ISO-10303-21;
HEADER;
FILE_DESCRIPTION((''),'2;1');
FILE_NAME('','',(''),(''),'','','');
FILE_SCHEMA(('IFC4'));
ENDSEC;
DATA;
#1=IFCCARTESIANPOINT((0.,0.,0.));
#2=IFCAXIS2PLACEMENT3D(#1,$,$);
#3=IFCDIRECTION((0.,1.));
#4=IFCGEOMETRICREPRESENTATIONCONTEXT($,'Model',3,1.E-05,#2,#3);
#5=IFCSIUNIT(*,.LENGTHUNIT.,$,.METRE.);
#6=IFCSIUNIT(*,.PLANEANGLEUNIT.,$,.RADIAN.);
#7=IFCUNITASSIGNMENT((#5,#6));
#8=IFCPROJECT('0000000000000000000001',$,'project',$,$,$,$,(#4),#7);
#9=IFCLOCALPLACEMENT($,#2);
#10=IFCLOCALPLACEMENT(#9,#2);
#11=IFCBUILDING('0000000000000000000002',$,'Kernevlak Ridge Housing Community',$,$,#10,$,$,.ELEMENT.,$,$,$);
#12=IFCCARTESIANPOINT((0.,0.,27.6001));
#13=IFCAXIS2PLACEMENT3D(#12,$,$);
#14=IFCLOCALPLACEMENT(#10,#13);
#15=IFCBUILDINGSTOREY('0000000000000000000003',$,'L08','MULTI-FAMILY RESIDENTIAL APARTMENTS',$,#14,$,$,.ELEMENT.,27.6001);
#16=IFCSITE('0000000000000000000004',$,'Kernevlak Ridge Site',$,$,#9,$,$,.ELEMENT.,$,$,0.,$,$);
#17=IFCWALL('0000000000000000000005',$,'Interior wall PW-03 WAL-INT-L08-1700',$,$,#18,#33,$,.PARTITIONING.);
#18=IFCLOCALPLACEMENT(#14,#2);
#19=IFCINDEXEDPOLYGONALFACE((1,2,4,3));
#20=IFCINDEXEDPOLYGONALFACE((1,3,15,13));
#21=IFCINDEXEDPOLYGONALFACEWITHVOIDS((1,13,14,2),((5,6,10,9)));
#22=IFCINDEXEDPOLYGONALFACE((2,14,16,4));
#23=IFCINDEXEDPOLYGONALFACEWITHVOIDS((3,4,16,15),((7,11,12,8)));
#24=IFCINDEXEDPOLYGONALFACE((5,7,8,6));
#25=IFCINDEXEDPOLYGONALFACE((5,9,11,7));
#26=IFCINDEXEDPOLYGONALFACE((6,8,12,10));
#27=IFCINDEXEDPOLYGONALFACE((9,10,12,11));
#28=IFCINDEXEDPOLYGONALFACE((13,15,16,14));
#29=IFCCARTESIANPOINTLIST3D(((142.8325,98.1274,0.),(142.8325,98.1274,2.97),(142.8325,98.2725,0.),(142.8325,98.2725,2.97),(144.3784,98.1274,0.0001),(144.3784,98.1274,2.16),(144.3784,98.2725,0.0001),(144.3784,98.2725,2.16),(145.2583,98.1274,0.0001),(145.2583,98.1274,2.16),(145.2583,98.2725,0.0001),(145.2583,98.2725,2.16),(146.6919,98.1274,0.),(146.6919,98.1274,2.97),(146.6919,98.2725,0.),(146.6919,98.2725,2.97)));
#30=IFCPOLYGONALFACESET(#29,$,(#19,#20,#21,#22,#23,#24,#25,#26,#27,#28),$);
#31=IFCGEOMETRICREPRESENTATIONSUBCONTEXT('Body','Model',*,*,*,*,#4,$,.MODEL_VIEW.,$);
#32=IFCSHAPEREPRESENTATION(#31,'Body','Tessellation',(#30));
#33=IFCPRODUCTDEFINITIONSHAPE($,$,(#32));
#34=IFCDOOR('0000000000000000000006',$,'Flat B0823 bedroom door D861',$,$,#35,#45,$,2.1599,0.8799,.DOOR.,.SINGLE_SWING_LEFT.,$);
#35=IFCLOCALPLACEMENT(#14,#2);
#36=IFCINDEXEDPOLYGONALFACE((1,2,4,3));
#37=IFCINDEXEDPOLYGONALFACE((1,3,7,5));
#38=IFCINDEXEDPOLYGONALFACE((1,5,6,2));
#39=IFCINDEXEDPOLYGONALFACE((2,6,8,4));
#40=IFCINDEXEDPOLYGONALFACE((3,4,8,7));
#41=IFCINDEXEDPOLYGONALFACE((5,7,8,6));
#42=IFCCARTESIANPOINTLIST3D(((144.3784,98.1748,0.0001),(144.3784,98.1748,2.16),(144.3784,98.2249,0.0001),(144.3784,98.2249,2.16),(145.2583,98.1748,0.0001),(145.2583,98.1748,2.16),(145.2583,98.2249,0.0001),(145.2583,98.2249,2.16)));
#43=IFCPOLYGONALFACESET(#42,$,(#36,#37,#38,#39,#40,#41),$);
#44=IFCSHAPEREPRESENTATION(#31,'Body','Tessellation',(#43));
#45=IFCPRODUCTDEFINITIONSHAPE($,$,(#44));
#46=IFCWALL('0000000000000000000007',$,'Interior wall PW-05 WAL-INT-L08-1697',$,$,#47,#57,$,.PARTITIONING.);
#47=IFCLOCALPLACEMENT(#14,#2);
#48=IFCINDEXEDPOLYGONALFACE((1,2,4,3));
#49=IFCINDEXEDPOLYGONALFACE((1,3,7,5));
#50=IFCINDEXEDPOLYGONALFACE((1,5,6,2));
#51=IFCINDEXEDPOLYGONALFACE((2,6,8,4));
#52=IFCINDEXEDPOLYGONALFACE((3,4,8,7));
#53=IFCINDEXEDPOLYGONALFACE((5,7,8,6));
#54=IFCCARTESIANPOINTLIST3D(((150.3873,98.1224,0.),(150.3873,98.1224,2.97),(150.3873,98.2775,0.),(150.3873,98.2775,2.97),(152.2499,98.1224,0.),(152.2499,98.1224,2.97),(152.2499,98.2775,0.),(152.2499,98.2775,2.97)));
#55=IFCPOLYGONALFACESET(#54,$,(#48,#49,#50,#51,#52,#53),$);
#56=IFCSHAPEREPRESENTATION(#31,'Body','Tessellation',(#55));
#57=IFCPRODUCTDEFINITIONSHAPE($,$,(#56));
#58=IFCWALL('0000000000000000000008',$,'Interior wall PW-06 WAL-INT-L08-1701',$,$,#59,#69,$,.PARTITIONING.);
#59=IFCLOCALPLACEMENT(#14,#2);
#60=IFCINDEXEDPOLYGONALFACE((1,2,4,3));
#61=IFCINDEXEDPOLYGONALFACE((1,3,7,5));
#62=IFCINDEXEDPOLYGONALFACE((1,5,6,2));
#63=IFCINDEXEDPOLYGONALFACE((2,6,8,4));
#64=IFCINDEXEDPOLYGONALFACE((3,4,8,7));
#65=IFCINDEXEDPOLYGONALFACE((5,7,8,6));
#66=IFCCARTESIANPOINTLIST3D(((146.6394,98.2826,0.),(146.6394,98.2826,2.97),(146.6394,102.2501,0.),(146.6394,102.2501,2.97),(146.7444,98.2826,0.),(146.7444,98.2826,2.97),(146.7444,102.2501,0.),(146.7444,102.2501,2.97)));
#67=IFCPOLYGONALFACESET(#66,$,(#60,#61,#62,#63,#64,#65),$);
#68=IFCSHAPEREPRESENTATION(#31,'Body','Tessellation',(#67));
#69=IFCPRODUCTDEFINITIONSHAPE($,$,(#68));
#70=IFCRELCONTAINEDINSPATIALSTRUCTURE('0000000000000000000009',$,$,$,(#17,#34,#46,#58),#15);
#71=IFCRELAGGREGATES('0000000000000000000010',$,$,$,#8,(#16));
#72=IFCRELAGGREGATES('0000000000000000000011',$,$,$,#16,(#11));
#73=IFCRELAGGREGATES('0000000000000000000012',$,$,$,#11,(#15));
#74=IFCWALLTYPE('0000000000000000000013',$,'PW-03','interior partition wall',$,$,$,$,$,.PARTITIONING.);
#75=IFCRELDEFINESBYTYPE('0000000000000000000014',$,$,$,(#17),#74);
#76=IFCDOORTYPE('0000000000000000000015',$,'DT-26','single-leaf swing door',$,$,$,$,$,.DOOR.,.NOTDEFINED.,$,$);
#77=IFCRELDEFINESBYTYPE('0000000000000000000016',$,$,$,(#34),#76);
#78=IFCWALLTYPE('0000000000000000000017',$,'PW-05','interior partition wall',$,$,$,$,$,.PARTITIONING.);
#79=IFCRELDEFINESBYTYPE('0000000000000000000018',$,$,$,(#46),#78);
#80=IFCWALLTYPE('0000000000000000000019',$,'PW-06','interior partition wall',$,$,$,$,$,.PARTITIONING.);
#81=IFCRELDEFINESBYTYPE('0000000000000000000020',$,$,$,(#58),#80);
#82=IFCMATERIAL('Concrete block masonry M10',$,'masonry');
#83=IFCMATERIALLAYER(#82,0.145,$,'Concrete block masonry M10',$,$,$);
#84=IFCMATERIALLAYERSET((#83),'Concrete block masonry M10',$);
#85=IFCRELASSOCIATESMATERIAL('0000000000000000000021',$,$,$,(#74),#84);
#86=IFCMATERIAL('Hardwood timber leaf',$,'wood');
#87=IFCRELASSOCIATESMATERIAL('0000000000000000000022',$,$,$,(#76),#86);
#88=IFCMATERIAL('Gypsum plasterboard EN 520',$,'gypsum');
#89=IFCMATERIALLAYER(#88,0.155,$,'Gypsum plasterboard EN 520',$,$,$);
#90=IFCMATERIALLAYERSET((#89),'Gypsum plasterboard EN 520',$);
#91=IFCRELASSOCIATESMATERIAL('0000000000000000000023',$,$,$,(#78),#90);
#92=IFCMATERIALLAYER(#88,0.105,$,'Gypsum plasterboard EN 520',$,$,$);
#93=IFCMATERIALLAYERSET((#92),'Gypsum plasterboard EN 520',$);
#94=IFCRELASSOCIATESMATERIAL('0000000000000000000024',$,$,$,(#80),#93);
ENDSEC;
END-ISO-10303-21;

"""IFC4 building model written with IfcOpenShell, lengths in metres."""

from ifc_helpers import new_model, si_unit, direction, frame, frame_2d, origin, place, context, subcontext, project, spatial, rectangle, extrude, material, layer, layer_set, type_object, element, fill, save


model = new_model("IFC4")

# Units and contexts
model_context = context("Model", 3, precision=1e-05, world=origin(), true_north=direction((0.0, 1.0)))
body_context = subcontext(model_context, "Body", "Model", "MODEL_VIEW")
ifc_project = project(units=[si_unit("LENGTHUNIT", "METRE"), si_unit("PLANEANGLEUNIT", "RADIAN")], contexts=[model_context])

# Site, building, storey
site_placement = place(None, origin())
site = spatial("IfcSite", under=ifc_project, at=site_placement, Name="Kernevlak Ridge Site", CompositionType="ELEMENT", RefElevation=0.0)
building_placement = place(site_placement, origin())
building = spatial("IfcBuilding", under=site, at=building_placement, Name="Kernevlak Ridge Housing Community", CompositionType="ELEMENT")
storey_placement = place(building_placement, frame((0.0, 0.0, 27.6001)))
storey = spatial("IfcBuildingStorey", under=building, at=storey_placement, Name="L08", Description="MULTI-FAMILY RESIDENTIAL APARTMENTS", CompositionType="ELEMENT", Elevation=27.6001)

# Shared definitions
ifc_material_1 = material(Name="Concrete block masonry M10", Category="masonry")

# Shared definitions
ifc_layer_1 = layer(ifc_material_1, 0.145, Name="Concrete block masonry M10")
ifc_layer_set_1 = layer_set([ifc_layer_1], Name="Concrete block masonry M10")
wall_type_1 = type_object("IfcWallType", Name="PW-03", Description="interior partition wall", PredefinedType="PARTITIONING", material=ifc_layer_set_1)

# Shared definitions
ifc_material_2 = material(Name="Hardwood timber leaf", Category="wood")

# Wall, opening, door
wall_1_placement = place(storey_placement, frame((142.8325, 98.2, 0.0), z_axis=(0.0, 0.0, 1.0), x_axis=(1.0, 0.0, 0.0)))
wall_1 = element("IfcWall", 1, at=wall_1_placement, inside=storey, type_object=wall_type_1, Name="Interior wall PW-03 WAL-INT-L08-1700", PredefinedType="PARTITIONING", context=body_context, shape_type="SweptSolid", body=[
    extrude(rectangle(XDim=3.8594, YDim=0.145, at=frame_2d((1.9297, 0.0))), origin(), (0.0, 0.0, 1.0), 2.97),
])
opening_1_placement = place(wall_1_placement, frame((1.5459, 0.0, 0.0)))
opening_1 = element("IfcOpeningElement", 2, at=opening_1_placement, cuts=wall_1, PredefinedType="OPENING", context=body_context, shape_type="SweptSolid", body=[
    extrude(rectangle(XDim=0.8799, YDim=2.1599, at=frame_2d((0.4399, 1.0801))), frame((0.0, 0.0825, 0.0), z_axis=(0.0, -1.0, 0.0), x_axis=(1.0, 0.0, 0.0)), (0.0, 0.0, 1.0), 0.165),
])
door_type_1 = type_object("IfcDoorType", Name="DT-26", Description="single-leaf swing door", OperationType="NOTDEFINED", PredefinedType="DOOR", material=ifc_material_2)
door_1_placement = place(opening_1_placement, origin())
door_1 = element("IfcDoor", 3, at=door_1_placement, inside=storey, type_object=door_type_1, Name="Flat B0823 bedroom door D861", OperationType="SINGLE_SWING_LEFT", OverallHeight=2.1599, OverallWidth=0.8799, PredefinedType="DOOR", context=body_context, shape_type="SweptSolid", body=[
    extrude(rectangle(XDim=0.8799, YDim=2.1599, at=frame_2d((0.4399, 1.0801))), frame((0.0, 0.0249, 0.0), z_axis=(0.0, -1.0, 0.0), x_axis=(1.0, 0.0, 0.0)), (0.0, 0.0, 1.0), 0.05),
])
fill(opening_1, door_1)
ifc_material_3 = material(Name="Gypsum plasterboard EN 520", Category="gypsum")
ifc_layer_2 = layer(ifc_material_3, 0.155, Name="Gypsum plasterboard EN 520")
ifc_layer_set_2 = layer_set([ifc_layer_2], Name="Gypsum plasterboard EN 520")
wall_type_2 = type_object("IfcWallType", Name="PW-05", Description="interior partition wall", PredefinedType="PARTITIONING", material=ifc_layer_set_2)

# Walls
wall_2_placement = place(storey_placement, frame((150.3875, 98.2, 0.0), z_axis=(0.0, 0.0, 1.0), x_axis=(1.0, 0.0, 0.0)))
element("IfcWall", 4, at=wall_2_placement, inside=storey, type_object=wall_type_2, Name="Interior wall PW-05 WAL-INT-L08-1697", PredefinedType="PARTITIONING", context=body_context, shape_type="SweptSolid", body=[
    extrude(rectangle(XDim=1.8625, YDim=0.155, at=frame_2d((0.9312, 0.0))), origin(), (0.0, 0.0, 1.0), 2.97),
])
ifc_layer_3 = layer(ifc_material_3, 0.105, Name="Gypsum plasterboard EN 520")
ifc_layer_set_3 = layer_set([ifc_layer_3], Name="Gypsum plasterboard EN 520")
wall_type_3 = type_object("IfcWallType", Name="PW-06", Description="interior partition wall", PredefinedType="PARTITIONING", material=ifc_layer_set_3)
wall_3_placement = place(storey_placement, frame((146.6919, 98.2825, 0.0), z_axis=(0.0, 0.0, 1.0), x_axis=(0.0, 1.0, 0.0)))
element("IfcWall", 5, at=wall_3_placement, inside=storey, type_object=wall_type_3, Name="Interior wall PW-06 WAL-INT-L08-1701", PredefinedType="PARTITIONING", context=body_context, shape_type="SweptSolid", body=[
    extrude(rectangle(XDim=3.9675, YDim=0.105, at=frame_2d((1.9839, 0.0))), origin(), (0.0, 0.0, 1.0), 2.97),
])

save(model, "model.ifc")
